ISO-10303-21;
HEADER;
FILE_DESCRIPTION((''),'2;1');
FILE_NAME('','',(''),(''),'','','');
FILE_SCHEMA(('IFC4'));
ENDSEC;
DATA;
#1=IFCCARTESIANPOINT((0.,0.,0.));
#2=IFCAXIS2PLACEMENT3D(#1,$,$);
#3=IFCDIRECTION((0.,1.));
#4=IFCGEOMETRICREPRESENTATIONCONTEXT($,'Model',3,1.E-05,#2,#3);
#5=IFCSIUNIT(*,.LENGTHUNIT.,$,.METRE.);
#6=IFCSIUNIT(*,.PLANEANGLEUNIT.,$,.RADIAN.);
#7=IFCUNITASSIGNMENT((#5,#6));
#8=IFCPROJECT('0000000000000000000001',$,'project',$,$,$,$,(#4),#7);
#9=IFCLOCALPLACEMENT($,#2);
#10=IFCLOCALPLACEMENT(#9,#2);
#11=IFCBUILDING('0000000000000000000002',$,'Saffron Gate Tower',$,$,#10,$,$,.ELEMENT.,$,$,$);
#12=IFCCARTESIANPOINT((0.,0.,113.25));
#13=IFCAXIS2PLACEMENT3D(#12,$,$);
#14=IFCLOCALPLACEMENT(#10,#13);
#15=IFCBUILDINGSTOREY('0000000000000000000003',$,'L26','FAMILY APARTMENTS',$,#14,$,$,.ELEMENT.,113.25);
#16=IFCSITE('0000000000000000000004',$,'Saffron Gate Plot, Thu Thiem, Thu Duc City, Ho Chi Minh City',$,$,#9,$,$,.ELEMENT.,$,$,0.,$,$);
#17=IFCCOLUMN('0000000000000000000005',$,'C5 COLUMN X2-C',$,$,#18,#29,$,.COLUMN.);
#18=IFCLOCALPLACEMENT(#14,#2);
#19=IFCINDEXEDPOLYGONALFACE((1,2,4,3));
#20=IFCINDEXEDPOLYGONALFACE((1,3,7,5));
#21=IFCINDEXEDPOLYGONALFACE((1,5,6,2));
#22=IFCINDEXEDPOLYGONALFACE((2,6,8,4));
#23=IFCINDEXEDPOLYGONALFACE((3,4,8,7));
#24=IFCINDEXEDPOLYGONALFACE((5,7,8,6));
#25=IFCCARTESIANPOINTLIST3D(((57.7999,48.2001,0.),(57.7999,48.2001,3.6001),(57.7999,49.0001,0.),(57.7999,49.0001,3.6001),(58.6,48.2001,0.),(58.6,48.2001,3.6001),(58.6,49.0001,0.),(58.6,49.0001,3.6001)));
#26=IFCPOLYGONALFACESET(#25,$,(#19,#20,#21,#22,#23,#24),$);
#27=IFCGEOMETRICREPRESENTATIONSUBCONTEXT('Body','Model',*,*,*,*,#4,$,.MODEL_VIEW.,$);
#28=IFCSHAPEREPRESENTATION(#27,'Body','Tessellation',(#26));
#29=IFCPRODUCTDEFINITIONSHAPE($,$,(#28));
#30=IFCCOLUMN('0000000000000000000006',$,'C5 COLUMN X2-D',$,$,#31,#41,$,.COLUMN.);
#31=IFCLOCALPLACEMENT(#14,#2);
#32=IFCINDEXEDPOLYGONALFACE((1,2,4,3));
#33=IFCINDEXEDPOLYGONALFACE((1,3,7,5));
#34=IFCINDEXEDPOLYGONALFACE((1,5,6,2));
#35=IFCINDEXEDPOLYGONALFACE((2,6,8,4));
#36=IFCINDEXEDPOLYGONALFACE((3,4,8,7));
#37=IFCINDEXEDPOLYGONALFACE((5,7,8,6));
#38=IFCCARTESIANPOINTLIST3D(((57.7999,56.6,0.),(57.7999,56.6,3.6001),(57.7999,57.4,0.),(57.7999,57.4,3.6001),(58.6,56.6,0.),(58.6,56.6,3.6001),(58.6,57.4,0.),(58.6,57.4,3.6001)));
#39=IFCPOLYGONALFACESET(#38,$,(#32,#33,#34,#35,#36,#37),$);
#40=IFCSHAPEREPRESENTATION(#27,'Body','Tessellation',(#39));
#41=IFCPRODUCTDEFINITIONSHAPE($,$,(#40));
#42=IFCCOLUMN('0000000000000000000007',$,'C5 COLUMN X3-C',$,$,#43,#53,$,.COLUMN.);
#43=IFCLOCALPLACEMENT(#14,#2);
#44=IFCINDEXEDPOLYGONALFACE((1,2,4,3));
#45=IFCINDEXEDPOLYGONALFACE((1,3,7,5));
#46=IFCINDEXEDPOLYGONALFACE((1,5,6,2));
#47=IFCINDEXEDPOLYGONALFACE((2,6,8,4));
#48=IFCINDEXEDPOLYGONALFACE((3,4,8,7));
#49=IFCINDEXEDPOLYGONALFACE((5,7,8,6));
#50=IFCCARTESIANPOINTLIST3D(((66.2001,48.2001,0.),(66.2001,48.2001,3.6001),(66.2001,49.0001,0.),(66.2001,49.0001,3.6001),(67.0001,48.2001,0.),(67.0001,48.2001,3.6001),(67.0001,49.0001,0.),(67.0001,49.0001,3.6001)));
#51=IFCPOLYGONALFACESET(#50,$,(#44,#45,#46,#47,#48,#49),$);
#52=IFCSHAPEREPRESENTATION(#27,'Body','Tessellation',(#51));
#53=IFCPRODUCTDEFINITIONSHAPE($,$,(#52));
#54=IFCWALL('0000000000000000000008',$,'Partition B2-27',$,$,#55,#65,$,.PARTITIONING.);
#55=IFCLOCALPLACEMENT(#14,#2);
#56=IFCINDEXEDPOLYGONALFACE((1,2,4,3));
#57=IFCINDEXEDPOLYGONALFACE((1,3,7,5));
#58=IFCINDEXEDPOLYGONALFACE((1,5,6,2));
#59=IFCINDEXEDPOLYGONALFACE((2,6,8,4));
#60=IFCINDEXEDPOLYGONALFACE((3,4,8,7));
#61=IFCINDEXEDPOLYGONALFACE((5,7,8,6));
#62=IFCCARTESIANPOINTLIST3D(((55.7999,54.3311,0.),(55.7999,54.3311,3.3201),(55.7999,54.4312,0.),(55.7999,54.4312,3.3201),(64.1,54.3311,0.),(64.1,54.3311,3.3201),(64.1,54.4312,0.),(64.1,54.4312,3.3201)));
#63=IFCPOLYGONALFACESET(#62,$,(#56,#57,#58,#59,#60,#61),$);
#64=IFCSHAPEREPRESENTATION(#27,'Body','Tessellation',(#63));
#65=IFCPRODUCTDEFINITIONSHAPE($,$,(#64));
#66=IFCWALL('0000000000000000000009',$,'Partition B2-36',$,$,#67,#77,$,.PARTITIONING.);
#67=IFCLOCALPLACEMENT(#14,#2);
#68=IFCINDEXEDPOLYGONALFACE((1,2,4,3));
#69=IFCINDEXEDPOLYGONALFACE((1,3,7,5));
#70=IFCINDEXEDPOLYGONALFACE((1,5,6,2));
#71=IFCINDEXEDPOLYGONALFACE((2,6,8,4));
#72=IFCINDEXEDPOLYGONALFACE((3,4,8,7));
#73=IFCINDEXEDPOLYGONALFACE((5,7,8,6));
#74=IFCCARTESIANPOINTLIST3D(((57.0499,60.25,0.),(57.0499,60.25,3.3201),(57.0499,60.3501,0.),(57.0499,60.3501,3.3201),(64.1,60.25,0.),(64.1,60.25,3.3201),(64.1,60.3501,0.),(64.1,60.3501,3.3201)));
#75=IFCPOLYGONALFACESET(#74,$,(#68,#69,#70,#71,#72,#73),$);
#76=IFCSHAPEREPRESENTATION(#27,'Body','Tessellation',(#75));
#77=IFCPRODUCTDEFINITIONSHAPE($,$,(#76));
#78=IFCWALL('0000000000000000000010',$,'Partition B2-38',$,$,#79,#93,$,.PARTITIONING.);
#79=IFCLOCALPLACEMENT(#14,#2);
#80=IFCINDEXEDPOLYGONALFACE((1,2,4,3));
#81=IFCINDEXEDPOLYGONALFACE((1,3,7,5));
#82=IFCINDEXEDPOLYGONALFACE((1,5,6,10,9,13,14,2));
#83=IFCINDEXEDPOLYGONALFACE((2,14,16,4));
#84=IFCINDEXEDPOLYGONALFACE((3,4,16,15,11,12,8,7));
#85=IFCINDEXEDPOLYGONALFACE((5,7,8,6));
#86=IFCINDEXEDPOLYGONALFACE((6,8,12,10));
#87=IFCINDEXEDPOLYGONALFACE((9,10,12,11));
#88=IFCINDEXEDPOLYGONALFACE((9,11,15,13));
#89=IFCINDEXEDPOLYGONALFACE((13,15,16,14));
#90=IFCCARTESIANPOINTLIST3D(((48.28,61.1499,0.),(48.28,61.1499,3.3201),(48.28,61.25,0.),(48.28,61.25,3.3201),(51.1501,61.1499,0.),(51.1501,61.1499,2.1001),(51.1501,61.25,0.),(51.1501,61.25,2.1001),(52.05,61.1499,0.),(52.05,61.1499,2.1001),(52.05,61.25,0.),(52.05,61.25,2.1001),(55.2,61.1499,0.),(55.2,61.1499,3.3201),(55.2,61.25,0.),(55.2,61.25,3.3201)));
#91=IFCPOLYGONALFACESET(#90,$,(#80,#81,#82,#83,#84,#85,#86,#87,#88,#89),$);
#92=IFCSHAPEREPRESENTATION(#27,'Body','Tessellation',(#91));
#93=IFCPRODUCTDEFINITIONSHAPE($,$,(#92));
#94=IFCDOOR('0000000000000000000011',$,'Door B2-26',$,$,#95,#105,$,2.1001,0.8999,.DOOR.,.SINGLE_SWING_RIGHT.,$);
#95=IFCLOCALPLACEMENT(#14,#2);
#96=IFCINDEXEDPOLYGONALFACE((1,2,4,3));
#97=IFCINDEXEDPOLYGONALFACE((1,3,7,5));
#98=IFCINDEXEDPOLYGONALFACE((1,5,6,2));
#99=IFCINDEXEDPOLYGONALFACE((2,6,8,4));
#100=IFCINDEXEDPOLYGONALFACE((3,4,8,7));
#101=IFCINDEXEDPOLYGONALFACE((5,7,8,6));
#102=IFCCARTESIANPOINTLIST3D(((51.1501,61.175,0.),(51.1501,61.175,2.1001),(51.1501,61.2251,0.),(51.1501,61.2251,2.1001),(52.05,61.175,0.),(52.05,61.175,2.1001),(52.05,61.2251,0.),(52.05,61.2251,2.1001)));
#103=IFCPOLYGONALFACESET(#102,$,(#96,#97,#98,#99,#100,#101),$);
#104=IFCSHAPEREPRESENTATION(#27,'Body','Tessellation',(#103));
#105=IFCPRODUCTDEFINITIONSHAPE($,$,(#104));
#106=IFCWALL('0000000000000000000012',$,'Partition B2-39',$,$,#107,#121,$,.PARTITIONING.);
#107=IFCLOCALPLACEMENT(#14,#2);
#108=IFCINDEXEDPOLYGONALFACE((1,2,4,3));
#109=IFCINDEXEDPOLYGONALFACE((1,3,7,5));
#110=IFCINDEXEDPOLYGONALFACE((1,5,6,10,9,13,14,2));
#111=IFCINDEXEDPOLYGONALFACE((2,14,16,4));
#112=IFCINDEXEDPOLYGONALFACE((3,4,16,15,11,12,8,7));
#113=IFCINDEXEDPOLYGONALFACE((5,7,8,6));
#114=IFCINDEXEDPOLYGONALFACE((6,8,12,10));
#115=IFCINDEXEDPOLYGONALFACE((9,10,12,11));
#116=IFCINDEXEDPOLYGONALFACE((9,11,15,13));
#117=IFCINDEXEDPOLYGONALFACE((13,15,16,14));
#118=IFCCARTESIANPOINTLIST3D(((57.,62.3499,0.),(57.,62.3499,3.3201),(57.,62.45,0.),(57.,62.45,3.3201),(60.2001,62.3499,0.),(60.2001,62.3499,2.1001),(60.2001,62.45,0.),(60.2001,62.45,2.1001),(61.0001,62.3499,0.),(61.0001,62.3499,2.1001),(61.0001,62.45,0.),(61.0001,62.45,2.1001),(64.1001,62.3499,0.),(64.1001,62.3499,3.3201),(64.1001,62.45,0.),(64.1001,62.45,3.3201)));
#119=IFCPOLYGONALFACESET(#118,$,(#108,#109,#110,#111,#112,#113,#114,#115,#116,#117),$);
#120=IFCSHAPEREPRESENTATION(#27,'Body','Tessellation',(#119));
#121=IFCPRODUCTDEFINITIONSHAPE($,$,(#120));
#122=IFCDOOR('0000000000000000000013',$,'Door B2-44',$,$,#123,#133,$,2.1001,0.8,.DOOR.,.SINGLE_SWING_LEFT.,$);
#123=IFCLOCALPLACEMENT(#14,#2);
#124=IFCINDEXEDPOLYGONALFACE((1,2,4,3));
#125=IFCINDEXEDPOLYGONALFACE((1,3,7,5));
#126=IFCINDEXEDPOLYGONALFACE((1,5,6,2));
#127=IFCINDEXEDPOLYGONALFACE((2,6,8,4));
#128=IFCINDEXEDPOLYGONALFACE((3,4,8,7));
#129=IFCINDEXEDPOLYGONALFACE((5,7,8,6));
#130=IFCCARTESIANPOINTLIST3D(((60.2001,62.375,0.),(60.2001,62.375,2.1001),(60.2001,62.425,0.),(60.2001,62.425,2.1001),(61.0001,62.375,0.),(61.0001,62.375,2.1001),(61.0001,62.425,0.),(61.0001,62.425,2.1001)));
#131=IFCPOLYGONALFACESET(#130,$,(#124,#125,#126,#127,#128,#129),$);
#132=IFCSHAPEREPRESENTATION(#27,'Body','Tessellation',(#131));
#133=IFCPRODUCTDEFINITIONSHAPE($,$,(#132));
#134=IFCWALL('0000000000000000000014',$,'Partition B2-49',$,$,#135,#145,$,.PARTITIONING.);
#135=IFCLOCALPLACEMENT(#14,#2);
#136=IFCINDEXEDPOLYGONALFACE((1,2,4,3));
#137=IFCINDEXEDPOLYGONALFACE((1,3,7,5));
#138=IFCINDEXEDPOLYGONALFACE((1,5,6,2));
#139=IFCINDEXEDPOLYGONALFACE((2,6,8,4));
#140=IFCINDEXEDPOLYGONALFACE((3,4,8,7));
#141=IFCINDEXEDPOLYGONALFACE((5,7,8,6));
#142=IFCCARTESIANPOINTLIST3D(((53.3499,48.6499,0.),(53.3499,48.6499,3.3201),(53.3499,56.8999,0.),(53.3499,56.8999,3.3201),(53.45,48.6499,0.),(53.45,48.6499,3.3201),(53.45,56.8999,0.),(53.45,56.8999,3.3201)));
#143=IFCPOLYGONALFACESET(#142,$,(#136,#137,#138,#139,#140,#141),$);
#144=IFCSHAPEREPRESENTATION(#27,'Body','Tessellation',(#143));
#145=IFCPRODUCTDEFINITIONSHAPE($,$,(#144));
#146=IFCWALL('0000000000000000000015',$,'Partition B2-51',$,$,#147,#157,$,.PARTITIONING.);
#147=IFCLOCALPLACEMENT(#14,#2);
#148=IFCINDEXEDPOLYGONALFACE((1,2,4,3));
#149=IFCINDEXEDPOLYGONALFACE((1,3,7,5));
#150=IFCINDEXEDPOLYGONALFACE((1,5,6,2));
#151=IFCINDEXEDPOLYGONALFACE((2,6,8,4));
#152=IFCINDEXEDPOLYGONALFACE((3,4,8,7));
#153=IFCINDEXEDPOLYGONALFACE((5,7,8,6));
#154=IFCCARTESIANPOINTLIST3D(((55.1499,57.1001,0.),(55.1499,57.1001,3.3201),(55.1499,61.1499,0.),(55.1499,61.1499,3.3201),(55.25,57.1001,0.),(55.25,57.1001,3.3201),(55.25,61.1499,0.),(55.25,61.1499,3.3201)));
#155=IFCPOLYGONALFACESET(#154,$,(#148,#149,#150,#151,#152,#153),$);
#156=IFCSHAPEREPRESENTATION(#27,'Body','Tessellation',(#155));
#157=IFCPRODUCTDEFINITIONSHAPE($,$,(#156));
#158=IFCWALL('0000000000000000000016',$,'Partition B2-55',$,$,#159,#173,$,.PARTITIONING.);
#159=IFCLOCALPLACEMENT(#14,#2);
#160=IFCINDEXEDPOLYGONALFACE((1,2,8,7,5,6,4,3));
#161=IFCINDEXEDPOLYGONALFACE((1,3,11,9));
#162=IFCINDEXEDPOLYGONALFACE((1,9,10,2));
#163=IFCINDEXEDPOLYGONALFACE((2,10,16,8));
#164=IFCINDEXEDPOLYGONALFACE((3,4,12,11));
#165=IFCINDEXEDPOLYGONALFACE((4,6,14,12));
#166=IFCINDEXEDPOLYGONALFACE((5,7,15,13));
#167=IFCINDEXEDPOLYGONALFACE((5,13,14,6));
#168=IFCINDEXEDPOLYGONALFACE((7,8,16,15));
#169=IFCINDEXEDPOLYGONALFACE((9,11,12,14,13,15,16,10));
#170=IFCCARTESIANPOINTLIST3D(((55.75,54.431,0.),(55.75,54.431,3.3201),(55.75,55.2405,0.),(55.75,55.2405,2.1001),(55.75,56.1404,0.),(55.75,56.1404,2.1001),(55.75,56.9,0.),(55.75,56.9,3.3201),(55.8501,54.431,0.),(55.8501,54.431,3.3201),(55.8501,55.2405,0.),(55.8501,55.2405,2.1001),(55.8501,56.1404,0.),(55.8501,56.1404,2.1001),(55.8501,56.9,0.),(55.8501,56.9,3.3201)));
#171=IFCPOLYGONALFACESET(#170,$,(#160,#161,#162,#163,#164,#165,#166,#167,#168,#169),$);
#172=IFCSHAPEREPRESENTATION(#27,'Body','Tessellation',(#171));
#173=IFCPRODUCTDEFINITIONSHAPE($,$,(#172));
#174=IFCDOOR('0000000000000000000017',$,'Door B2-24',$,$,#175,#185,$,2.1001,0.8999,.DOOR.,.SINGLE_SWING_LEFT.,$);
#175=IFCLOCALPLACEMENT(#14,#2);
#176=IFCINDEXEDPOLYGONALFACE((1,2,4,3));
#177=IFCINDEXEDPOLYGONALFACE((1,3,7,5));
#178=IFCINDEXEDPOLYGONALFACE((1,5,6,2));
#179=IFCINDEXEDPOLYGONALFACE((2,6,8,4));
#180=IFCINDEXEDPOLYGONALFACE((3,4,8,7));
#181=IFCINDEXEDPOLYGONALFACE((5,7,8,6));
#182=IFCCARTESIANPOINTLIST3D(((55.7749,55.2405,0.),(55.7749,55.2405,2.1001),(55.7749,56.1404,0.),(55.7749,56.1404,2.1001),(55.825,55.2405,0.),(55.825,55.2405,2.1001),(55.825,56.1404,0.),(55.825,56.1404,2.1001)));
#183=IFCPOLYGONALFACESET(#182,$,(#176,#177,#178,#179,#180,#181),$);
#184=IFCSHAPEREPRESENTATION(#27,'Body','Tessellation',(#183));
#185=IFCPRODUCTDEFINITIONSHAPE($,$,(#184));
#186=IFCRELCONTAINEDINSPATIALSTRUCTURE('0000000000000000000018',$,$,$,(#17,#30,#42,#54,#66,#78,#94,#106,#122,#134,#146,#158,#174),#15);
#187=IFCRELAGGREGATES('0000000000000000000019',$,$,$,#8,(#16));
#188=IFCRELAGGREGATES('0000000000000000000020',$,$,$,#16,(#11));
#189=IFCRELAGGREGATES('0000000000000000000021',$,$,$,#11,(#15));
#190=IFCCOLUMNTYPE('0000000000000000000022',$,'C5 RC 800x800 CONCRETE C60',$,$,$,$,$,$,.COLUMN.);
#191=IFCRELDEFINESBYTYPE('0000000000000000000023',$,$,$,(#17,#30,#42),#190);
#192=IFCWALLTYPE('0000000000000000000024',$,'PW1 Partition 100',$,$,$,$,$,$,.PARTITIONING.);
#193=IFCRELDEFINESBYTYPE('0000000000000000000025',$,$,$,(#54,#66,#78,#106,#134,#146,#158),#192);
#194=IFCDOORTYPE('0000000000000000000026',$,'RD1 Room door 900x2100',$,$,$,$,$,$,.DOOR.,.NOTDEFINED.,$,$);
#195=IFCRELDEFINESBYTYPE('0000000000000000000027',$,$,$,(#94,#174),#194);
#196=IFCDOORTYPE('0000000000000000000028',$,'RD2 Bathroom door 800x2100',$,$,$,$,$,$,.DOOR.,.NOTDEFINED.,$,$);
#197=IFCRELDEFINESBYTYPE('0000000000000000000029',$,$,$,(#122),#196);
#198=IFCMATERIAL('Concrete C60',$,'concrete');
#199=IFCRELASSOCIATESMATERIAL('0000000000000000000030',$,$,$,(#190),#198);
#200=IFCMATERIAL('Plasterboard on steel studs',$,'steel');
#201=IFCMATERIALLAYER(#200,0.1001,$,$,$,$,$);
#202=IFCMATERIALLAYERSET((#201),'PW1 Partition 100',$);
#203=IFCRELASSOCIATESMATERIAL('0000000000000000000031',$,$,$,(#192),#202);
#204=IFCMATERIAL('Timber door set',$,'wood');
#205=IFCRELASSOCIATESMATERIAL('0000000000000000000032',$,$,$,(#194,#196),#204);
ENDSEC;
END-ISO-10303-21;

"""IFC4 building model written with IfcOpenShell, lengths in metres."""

from ifc_helpers import new_model, si_unit, direction, frame, frame_2d, origin, origin_2d, place, context, subcontext, project, spatial, rectangle, extrude, material, layer, layer_set, material_profile, profile_set, type_object, element, fill, save


model = new_model("IFC4")

# Units and contexts
model_context = context("Model", 3, precision=1e-05, world=origin(), true_north=direction((0.0, 1.0)))
body_context = subcontext(model_context, "Body", "Model", "MODEL_VIEW")
ifc_project = project(units=[si_unit("LENGTHUNIT", "METRE"), si_unit("PLANEANGLEUNIT", "RADIAN")], contexts=[model_context])

# Site, building, storey
site_placement = place(None, origin())
site = spatial("IfcSite", under=ifc_project, at=site_placement, Name="Saffron Gate Plot, Thu Thiem, Thu Duc City, Ho Chi Minh City", CompositionType="ELEMENT", RefElevation=0.0)
building_placement = place(site_placement, origin())
building = spatial("IfcBuilding", under=site, at=building_placement, Name="Saffron Gate Tower", CompositionType="ELEMENT")
storey_placement = place(building_placement, frame((0.0, 0.0, 113.25)))
storey = spatial("IfcBuildingStorey", under=building, at=storey_placement, Name="L26", Description="FAMILY APARTMENTS", CompositionType="ELEMENT", Elevation=113.25)

# Columns
ifc_material_1 = material(Name="Concrete C60", Category="concrete")
ifc_material_profile = material_profile(ifc_material_1, rectangle(XDim=0.8, YDim=0.8, at=origin_2d()))
ifc_profile_set = profile_set([ifc_material_profile], Name="Concrete C60")
column_type = type_object("IfcColumnType", Name="C5 RC 800x800 CONCRETE C60", PredefinedType="COLUMN", material=ifc_profile_set)
for number, where, z_axis, x_axis, name in (
    (1, (58.2, 48.6001, 0.0), (0.0, 0.0, 1.0), (1.0, 0.0, 0.0), "C5 COLUMN X2-C"),
    (2, (58.2, 57.0, 0.0), (0.0, 0.0, 1.0), (1.0, 0.0, 0.0), "C5 COLUMN X2-D"),
    (3, (66.6001, 48.6001, 0.0), (0.0, 0.0, 1.0), (1.0, 0.0, 0.0), "C5 COLUMN X3-C"),
):
    element("IfcColumn", number, at=place(storey_placement, frame(where, z_axis=z_axis, x_axis=x_axis)), inside=storey, type_object=column_type, Name=name, PredefinedType="COLUMN", context=body_context, shape_type="SweptSolid", body=[
        extrude(rectangle(XDim=0.8, YDim=0.8, at=origin_2d()), origin(), (0.0, 0.0, 1.0), 3.6001),
    ])

# Walls
ifc_material_2 = material(Name="Plasterboard on steel studs", Category="steel")
ifc_layer_1 = layer(ifc_material_2, 0.1001)
ifc_layer_set_1 = layer_set([ifc_layer_1], Name="PW1 Partition 100")
wall_type_1 = type_object("IfcWallType", Name="PW1 Partition 100", PredefinedType="PARTITIONING", material=ifc_layer_set_1)
wall_1_placement = place(storey_placement, frame((55.8, 54.3811, 0.0), z_axis=(0.0, 0.0, 1.0), x_axis=(1.0, 0.0, 0.0)))
element("IfcWall", 4, at=wall_1_placement, inside=storey, type_object=wall_type_1, Name="Partition B2-27", PredefinedType="PARTITIONING", context=body_context, shape_type="SweptSolid", body=[
    extrude(rectangle(XDim=8.3, YDim=0.1001, at=frame_2d((4.1499, 0.0))), origin(), (0.0, 0.0, 1.0), 3.3201),
])
wall_2_placement = place(storey_placement, frame((57.05, 60.3, 0.0), z_axis=(0.0, 0.0, 1.0), x_axis=(1.0, 0.0, 0.0)))
element("IfcWall", 5, at=wall_2_placement, inside=storey, type_object=wall_type_1, Name="Partition B2-36", PredefinedType="PARTITIONING", context=body_context, shape_type="SweptSolid", body=[
    extrude(rectangle(XDim=7.05, YDim=0.1001, at=frame_2d((3.5249, 0.0))), origin(), (0.0, 0.0, 1.0), 3.3201),
])

# Walls, openings, doors
wall_3_placement = place(storey_placement, frame((55.2, 61.2, 0.0), z_axis=(0.0, 0.0, 1.0), x_axis=(-1.0, 0.0, 0.0)))
wall_3 = element("IfcWall", 6, at=wall_3_placement, inside=storey, type_object=wall_type_1, Name="Partition B2-38", PredefinedType="PARTITIONING", context=body_context, shape_type="SweptSolid", body=[
    extrude(rectangle(XDim=6.9199, YDim=0.1001, at=frame_2d((3.46, 0.0))), origin(), (0.0, 0.0, 1.0), 3.3201),
])
opening_1_placement = place(wall_3_placement, frame((3.1499, 0.0, 0.0)))
opening_1 = element("IfcOpeningElement", 7, at=opening_1_placement, cuts=wall_3, PredefinedType="OPENING", context=body_context, shape_type="SweptSolid", body=[
    extrude(rectangle(XDim=0.8999, YDim=2.1001, at=frame_2d((0.45, 1.05))), frame((0.0, 0.0601, 0.0), z_axis=(0.0, -1.0, 0.0), x_axis=(1.0, 0.0, 0.0)), (0.0, 0.0, 1.0), 0.1201),
])
ifc_material_3 = material(Name="Timber door set", Category="wood")
door_type_1 = type_object("IfcDoorType", Name="RD1 Room door 900x2100", OperationType="NOTDEFINED", PredefinedType="DOOR", material=ifc_material_3)
door_1_placement = place(opening_1_placement, origin())
door_1 = element("IfcDoor", 8, at=door_1_placement, inside=storey, type_object=door_type_1, Name="Door B2-26", OperationType="SINGLE_SWING_RIGHT", OverallHeight=2.1001, OverallWidth=0.8999, PredefinedType="DOOR", context=body_context, shape_type="SweptSolid", body=[
    extrude(rectangle(XDim=0.8999, YDim=2.1001, at=frame_2d((0.45, 1.05))), frame((0.0, 0.0249, 0.0), z_axis=(0.0, -1.0, 0.0), x_axis=(1.0, 0.0, 0.0)), (0.0, 0.0, 1.0), 0.05),
])
fill(opening_1, door_1)
wall_4_placement = place(storey_placement, frame((64.1001, 62.3999, 0.0), z_axis=(0.0, 0.0, 1.0), x_axis=(-1.0, 0.0, 0.0)))
wall_4 = element("IfcWall", 9, at=wall_4_placement, inside=storey, type_object=wall_type_1, Name="Partition B2-39", PredefinedType="PARTITIONING", context=body_context, shape_type="SweptSolid", body=[
    extrude(rectangle(XDim=7.1001, YDim=0.1001, at=frame_2d((3.55, 0.0))), origin(), (0.0, 0.0, 1.0), 3.3201),
])
opening_2_placement = place(wall_4_placement, frame((3.1001, 0.0, 0.0)))
opening_2 = element("IfcOpeningElement", 10, at=opening_2_placement, cuts=wall_4, PredefinedType="OPENING", context=body_context, shape_type="SweptSolid", body=[
    extrude(rectangle(XDim=0.8, YDim=2.1001, at=frame_2d((0.3999, 1.05))), frame((0.0, 0.0601, 0.0), z_axis=(0.0, -1.0, 0.0), x_axis=(1.0, 0.0, 0.0)), (0.0, 0.0, 1.0), 0.1201),
])
door_type_2 = type_object("IfcDoorType", Name="RD2 Bathroom door 800x2100", OperationType="NOTDEFINED", PredefinedType="DOOR", material=ifc_material_3)
door_2_placement = place(opening_2_placement, origin())
door_2 = element("IfcDoor", 11, at=door_2_placement, inside=storey, type_object=door_type_2, Name="Door B2-44", OperationType="SINGLE_SWING_LEFT", OverallHeight=2.1001, OverallWidth=0.8, PredefinedType="DOOR", context=body_context, shape_type="SweptSolid", body=[
    extrude(rectangle(XDim=0.8, YDim=2.1001, at=frame_2d((0.3999, 1.05))), frame((0.0, 0.0249, 0.0), z_axis=(0.0, -1.0, 0.0), x_axis=(1.0, 0.0, 0.0)), (0.0, 0.0, 1.0), 0.05),
])
fill(opening_2, door_2)

# Walls
wall_5_placement = place(storey_placement, frame((53.3999, 56.8999, 0.0), z_axis=(0.0, 0.0, 1.0), x_axis=(0.0, -1.0, 0.0)))
element("IfcWall", 12, at=wall_5_placement, inside=storey, type_object=wall_type_1, Name="Partition B2-49", PredefinedType="PARTITIONING", context=body_context, shape_type="SweptSolid", body=[
    extrude(rectangle(XDim=8.25, YDim=0.1001, at=frame_2d((4.125, 0.0))), origin(), (0.0, 0.0, 1.0), 3.3201),
])
wall_6_placement = place(storey_placement, frame((55.2, 61.1499, 0.0), z_axis=(0.0, 0.0, 1.0), x_axis=(0.0, -1.0, 0.0)))
element("IfcWall", 13, at=wall_6_placement, inside=storey, type_object=wall_type_1, Name="Partition B2-51", PredefinedType="PARTITIONING", context=body_context, shape_type="SweptSolid", body=[
    extrude(rectangle(XDim=4.0498, YDim=0.1001, at=frame_2d((2.0249, 0.0))), origin(), (0.0, 0.0, 1.0), 3.3201),
])

# Wall, opening, door
wall_7_placement = place(storey_placement, frame((55.8, 56.8999, 0.0), z_axis=(0.0, 0.0, 1.0), x_axis=(0.0, -1.0, 0.0)))
wall_7 = element("IfcWall", 14, at=wall_7_placement, inside=storey, type_object=wall_type_1, Name="Partition B2-55", PredefinedType="PARTITIONING", context=body_context, shape_type="SweptSolid", body=[
    extrude(rectangle(XDim=2.469, YDim=0.1001, at=frame_2d((1.2344, 0.0))), origin(), (0.0, 0.0, 1.0), 3.3201),
])
opening_3_placement = place(wall_7_placement, frame((0.7595, 0.0, 0.0)))
opening_3 = element("IfcOpeningElement", 15, at=opening_3_placement, cuts=wall_7, PredefinedType="OPENING", context=body_context, shape_type="SweptSolid", body=[
    extrude(rectangle(XDim=0.8999, YDim=2.1001, at=frame_2d((0.45, 1.05))), frame((0.0, 0.0601, 0.0), z_axis=(0.0, -1.0, 0.0), x_axis=(1.0, 0.0, 0.0)), (0.0, 0.0, 1.0), 0.1201),
])
door_3_placement = place(opening_3_placement, origin())
door_3 = element("IfcDoor", 16, at=door_3_placement, inside=storey, type_object=door_type_1, Name="Door B2-24", OperationType="SINGLE_SWING_LEFT", OverallHeight=2.1001, OverallWidth=0.8999, PredefinedType="DOOR", context=body_context, shape_type="SweptSolid", body=[
    extrude(rectangle(XDim=0.8999, YDim=2.1001, at=frame_2d((0.45, 1.05))), frame((0.0, 0.0249, 0.0), z_axis=(0.0, -1.0, 0.0), x_axis=(1.0, 0.0, 0.0)), (0.0, 0.0, 1.0), 0.05),
])
fill(opening_3, door_3)

save(model, "model.ifc")
